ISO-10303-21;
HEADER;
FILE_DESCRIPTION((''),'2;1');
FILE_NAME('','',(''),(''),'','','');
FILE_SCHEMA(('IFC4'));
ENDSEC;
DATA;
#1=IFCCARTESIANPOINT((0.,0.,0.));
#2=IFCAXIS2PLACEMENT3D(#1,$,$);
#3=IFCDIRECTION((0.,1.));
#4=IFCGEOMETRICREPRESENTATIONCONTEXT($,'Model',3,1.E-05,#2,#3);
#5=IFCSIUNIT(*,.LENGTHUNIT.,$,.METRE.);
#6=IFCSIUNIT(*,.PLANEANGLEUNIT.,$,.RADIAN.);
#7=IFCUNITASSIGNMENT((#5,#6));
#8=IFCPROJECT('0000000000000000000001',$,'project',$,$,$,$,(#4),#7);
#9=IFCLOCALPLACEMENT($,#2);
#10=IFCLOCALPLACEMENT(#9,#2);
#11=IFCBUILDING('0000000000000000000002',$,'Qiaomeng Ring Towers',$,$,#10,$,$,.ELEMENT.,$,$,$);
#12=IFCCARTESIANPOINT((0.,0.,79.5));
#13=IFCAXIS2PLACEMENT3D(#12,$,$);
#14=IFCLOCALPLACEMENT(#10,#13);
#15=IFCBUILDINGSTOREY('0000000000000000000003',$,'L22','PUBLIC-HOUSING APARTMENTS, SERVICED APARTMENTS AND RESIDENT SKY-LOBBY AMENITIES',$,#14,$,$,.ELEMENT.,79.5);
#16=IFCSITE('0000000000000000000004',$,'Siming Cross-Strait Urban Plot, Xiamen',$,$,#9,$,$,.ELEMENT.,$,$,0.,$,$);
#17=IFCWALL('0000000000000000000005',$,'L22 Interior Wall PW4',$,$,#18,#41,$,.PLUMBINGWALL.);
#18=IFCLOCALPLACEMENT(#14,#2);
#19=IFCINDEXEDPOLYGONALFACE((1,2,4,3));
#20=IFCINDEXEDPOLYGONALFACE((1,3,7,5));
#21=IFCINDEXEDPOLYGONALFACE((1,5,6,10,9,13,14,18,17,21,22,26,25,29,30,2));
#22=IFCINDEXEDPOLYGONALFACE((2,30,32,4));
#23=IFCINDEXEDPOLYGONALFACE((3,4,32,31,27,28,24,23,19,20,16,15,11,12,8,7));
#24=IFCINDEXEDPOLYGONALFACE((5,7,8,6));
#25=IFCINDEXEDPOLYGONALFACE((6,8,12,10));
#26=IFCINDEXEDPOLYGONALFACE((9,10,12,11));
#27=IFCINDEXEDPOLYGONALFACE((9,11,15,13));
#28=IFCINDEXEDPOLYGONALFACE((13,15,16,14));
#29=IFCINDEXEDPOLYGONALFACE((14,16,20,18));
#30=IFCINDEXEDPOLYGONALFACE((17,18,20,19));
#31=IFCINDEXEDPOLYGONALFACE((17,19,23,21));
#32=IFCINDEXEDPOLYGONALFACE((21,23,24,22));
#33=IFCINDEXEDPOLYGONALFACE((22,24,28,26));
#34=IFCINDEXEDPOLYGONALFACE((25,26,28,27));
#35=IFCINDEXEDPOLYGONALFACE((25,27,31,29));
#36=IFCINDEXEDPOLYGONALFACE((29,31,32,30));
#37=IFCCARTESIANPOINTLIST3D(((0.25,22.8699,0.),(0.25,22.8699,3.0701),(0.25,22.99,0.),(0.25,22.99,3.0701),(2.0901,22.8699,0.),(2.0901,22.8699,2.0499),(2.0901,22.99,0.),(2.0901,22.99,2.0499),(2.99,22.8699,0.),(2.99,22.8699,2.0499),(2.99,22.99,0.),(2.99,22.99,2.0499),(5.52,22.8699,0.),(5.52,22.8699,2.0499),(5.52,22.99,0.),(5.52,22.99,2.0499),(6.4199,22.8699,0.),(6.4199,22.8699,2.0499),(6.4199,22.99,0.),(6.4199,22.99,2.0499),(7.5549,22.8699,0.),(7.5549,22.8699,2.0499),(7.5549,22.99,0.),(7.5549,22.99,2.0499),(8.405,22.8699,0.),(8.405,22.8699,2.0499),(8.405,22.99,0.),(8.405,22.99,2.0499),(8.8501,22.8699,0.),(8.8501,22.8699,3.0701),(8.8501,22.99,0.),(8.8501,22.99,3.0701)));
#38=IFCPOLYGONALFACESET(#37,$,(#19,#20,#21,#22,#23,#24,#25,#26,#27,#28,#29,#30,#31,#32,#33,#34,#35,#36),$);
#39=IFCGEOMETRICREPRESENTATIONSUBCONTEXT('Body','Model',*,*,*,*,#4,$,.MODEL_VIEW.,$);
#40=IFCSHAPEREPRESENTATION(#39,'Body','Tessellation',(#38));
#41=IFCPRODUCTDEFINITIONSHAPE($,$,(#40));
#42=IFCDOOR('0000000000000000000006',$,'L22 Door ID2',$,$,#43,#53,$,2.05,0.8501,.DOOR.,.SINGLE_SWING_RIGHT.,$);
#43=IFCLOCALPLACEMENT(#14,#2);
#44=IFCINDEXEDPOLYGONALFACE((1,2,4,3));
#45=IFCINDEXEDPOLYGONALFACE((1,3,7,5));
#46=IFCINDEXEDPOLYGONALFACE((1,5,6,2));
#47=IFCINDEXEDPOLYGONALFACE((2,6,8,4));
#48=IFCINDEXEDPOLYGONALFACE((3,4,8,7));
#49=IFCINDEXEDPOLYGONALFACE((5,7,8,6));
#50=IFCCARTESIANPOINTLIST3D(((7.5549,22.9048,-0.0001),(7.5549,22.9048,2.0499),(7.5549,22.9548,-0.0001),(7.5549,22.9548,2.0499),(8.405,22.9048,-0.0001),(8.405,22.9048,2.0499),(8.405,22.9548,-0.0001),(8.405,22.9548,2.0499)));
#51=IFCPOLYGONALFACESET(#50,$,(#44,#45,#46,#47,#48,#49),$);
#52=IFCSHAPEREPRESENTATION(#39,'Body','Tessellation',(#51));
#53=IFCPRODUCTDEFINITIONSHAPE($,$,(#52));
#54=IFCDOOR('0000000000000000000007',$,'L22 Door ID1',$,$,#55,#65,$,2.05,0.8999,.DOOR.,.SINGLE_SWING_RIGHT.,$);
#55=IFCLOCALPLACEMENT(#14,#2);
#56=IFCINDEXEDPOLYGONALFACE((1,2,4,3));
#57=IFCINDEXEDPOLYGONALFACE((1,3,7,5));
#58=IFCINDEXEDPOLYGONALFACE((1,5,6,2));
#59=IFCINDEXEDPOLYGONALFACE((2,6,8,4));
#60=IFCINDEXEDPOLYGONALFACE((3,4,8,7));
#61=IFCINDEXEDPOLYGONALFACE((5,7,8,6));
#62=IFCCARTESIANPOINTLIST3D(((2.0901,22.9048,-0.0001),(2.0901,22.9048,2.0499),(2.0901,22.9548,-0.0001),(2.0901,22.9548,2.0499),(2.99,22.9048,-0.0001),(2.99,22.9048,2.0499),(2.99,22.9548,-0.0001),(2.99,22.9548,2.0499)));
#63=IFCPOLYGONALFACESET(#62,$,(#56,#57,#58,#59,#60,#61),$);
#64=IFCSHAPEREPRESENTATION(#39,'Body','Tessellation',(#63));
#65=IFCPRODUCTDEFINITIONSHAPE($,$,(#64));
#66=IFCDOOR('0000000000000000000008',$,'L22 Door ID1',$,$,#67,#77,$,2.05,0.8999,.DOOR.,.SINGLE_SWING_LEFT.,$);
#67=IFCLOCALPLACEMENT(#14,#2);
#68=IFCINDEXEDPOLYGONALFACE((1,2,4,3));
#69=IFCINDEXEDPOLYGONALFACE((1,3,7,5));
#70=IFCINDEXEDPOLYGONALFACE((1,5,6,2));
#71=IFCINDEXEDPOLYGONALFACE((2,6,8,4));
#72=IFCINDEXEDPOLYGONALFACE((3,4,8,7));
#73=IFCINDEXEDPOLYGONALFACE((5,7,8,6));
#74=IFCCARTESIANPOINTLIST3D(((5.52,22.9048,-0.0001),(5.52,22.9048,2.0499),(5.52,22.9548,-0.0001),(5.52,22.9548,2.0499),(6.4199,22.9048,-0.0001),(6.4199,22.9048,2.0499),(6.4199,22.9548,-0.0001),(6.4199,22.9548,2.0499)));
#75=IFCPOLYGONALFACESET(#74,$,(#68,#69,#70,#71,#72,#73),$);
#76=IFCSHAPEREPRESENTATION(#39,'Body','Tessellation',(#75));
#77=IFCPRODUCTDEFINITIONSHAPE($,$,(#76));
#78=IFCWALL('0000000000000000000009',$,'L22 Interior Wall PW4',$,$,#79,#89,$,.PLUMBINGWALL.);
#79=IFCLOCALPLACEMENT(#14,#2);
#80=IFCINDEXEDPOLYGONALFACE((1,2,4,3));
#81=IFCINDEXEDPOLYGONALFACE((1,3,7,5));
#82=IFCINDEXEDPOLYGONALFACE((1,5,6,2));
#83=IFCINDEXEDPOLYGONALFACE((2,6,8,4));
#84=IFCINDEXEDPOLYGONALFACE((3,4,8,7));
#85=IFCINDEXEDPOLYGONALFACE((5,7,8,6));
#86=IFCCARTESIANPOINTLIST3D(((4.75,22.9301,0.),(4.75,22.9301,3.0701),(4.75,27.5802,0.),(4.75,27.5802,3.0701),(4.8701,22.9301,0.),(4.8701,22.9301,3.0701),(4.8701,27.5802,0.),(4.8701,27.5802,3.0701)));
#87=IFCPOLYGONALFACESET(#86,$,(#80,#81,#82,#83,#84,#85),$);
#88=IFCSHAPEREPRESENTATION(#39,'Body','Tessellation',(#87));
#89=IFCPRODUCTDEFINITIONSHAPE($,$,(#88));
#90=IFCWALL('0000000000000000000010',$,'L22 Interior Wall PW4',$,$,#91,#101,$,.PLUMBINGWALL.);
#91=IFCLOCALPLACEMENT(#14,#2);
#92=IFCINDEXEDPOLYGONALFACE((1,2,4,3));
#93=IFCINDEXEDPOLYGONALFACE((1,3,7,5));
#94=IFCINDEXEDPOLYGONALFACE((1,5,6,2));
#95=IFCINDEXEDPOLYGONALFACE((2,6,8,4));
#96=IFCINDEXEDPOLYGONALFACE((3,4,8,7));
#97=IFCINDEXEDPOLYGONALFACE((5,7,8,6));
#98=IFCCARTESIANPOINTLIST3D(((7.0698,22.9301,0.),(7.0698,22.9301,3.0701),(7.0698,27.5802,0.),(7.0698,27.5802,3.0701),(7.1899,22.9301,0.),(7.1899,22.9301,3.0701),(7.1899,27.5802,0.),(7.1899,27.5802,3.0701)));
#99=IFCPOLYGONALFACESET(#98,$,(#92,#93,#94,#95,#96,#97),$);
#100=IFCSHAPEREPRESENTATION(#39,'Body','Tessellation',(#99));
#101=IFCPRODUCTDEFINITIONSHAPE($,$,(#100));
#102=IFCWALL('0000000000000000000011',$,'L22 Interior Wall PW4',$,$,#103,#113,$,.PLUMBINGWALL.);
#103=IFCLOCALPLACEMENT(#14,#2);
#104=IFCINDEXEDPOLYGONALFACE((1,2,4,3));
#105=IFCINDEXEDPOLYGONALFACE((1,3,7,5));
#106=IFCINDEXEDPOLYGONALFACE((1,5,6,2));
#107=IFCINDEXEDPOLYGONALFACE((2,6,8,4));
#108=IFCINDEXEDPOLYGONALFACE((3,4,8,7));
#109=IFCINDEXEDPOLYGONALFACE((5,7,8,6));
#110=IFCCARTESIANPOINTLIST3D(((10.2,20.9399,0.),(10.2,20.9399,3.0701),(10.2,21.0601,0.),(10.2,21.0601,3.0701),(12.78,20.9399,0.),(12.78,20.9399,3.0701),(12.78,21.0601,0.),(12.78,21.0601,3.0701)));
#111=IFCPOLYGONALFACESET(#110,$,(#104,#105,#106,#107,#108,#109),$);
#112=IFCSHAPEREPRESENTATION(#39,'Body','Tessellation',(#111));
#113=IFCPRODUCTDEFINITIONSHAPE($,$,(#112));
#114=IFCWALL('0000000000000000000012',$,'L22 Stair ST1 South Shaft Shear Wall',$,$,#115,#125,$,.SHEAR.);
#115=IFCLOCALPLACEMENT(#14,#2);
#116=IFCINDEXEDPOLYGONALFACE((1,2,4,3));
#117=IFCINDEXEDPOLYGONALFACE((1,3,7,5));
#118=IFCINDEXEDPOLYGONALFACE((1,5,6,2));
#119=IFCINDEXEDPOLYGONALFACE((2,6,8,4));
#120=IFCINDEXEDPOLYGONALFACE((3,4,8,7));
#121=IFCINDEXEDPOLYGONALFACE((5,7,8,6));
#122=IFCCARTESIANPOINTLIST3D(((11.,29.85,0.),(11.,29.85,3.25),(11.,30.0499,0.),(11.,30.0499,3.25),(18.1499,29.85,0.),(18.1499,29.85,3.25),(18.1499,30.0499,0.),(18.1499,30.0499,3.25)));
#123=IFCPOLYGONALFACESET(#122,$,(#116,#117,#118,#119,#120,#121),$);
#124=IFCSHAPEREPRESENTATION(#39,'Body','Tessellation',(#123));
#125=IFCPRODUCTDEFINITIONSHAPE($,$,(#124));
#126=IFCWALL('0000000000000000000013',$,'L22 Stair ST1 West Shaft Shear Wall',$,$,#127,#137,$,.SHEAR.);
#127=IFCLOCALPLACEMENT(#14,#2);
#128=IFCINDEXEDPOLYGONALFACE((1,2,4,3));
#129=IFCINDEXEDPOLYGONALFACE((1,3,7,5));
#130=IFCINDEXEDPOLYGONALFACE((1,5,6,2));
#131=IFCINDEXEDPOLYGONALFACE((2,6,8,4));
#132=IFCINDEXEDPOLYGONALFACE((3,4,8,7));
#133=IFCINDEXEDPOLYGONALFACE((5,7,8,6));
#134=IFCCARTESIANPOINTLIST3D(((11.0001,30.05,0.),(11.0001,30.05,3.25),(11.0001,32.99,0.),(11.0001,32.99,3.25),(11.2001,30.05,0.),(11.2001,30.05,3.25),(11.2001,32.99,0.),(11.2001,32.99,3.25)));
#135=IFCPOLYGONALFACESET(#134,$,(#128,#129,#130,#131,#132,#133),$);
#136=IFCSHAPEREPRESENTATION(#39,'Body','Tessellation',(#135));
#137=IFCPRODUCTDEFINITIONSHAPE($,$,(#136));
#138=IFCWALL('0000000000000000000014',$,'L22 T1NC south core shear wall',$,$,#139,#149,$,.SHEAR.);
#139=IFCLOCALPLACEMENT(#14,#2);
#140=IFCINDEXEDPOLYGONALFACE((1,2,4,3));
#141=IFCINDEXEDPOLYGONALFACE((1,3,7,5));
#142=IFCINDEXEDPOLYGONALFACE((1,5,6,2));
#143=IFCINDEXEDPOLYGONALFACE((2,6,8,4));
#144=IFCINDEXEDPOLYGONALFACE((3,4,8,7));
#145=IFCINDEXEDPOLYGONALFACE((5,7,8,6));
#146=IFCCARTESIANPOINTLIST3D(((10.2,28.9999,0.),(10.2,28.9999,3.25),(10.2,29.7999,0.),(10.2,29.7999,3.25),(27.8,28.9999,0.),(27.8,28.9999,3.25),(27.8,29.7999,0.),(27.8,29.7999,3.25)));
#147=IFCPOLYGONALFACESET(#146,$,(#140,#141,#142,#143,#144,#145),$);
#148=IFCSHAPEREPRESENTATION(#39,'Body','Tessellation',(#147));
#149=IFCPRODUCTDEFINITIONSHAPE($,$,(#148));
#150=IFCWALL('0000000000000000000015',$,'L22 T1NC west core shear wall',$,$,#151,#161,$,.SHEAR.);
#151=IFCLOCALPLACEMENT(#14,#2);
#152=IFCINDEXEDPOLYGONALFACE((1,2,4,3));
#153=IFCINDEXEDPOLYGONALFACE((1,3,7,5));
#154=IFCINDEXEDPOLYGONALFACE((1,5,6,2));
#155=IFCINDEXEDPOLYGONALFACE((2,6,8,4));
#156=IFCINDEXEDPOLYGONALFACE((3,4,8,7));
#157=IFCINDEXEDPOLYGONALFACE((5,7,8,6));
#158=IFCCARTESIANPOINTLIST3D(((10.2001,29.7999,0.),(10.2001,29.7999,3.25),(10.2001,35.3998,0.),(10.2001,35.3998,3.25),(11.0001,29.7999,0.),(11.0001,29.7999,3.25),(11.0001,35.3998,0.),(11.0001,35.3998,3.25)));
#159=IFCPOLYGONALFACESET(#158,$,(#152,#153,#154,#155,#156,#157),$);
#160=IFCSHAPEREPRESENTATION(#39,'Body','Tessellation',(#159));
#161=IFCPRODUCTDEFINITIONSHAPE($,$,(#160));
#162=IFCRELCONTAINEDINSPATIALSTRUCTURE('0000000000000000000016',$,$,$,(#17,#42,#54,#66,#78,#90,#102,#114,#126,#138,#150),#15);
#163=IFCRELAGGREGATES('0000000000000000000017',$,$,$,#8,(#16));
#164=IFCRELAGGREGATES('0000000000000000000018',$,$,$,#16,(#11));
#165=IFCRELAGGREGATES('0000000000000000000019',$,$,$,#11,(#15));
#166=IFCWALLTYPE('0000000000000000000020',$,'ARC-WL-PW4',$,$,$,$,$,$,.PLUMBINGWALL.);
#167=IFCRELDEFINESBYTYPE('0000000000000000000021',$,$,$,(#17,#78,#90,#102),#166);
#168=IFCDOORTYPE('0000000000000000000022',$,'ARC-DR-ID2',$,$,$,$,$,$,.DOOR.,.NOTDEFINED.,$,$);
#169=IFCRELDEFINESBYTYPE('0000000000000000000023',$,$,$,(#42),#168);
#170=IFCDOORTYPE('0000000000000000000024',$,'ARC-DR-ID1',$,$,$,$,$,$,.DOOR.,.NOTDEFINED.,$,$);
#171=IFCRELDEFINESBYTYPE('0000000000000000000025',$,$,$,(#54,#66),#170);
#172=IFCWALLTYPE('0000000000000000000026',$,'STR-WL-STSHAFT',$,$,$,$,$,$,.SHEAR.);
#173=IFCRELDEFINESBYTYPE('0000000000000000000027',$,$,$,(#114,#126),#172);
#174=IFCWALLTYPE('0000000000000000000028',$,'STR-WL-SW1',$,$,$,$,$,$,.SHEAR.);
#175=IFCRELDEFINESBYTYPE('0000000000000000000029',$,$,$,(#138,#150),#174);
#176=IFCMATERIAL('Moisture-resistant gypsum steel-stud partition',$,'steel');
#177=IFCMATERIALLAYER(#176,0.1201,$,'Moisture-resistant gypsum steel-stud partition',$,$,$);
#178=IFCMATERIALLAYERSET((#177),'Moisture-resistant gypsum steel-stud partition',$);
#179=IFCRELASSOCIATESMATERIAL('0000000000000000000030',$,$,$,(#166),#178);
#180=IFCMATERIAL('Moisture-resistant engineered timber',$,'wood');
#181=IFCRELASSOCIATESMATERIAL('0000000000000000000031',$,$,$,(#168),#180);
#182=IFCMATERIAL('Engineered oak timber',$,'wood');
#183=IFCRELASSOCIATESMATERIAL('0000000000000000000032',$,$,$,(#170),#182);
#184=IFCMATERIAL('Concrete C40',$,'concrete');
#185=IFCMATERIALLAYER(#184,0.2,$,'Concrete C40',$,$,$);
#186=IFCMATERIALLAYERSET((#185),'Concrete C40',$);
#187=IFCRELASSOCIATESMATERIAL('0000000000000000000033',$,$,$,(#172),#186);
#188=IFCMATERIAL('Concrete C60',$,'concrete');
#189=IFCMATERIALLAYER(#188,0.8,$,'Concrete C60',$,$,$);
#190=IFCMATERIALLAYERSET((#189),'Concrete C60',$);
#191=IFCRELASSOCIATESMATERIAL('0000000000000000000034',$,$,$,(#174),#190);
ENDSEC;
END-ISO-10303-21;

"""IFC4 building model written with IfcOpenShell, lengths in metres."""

from ifc_helpers import new_model, si_unit, direction, frame, frame_2d, origin, place, context, subcontext, project, spatial, rectangle, extrude, source, transform, mapped, material, layer, layer_set, type_object, element, fill, save


model = new_model("IFC4")

# Units and contexts
model_context = context("Model", 3, precision=1e-05, world=origin(), true_north=direction((0.0, 1.0)))
body_context = subcontext(model_context, "Body", "Model", "MODEL_VIEW")
ifc_project = project(units=[si_unit("LENGTHUNIT", "METRE"), si_unit("PLANEANGLEUNIT", "RADIAN")], contexts=[model_context])

# Site, building, storey
site_placement = place(None, origin())
site = spatial("IfcSite", under=ifc_project, at=site_placement, Name="Siming Cross-Strait Urban Plot, Xiamen", CompositionType="ELEMENT", RefElevation=0.0)
building_placement = place(site_placement, origin())
building = spatial("IfcBuilding", under=site, at=building_placement, Name="Qiaomeng Ring Towers", CompositionType="ELEMENT")
storey_placement = place(building_placement, frame((0.0, 0.0, 79.5)))
storey = spatial("IfcBuildingStorey", under=building, at=storey_placement, Name="L22", Description="PUBLIC-HOUSING APARTMENTS, SERVICED APARTMENTS AND RESIDENT SKY-LOBBY AMENITIES", CompositionType="ELEMENT", Elevation=79.5)

# Shared definitions
ifc_material_1 = material(Name="Concrete C60", Category="concrete")

# Wall, openings, doors
ifc_material_2 = material(Name="Moisture-resistant gypsum steel-stud partition", Category="steel")
ifc_layer_1 = layer(ifc_material_2, 0.1201, Name="Moisture-resistant gypsum steel-stud partition")
ifc_layer_set_1 = layer_set([ifc_layer_1], Name="Moisture-resistant gypsum steel-stud partition")
wall_type_1 = type_object("IfcWallType", Name="ARC-WL-PW4", PredefinedType="PLUMBINGWALL", material=ifc_layer_set_1)
wall_1_placement = place(storey_placement, frame((0.25, 22.9299, 0.0), z_axis=(0.0, 0.0, 1.0), x_axis=(1.0, 0.0, 0.0)))
wall_1 = element("IfcWall", 1, at=wall_1_placement, inside=storey, type_object=wall_type_1, Name="L22 Interior Wall PW4", PredefinedType="PLUMBINGWALL", context=body_context, shape_type="SweptSolid", body=[
    extrude(rectangle(XDim=8.6001, YDim=0.1201, at=frame_2d((4.3, 0.0))), origin(), (0.0, 0.0, 1.0), 3.0701),
])
opening_1_placement = place(wall_1_placement, frame((1.8401, 0.0, 0.0)))
opening_1 = element("IfcOpeningElement", 2, at=opening_1_placement, cuts=wall_1, PredefinedType="OPENING", context=body_context, shape_type="SweptSolid", body=[
    extrude(rectangle(XDim=0.8999, YDim=2.05, at=frame_2d((0.45, 1.0249))), frame((0.0, 0.0701, 0.0), z_axis=(0.0, -1.0, 0.0), x_axis=(1.0, 0.0, 0.0)), (0.0, 0.0, 1.0), 0.1401),
])
opening_2_placement = place(wall_1_placement, frame((5.27, 0.0, 0.0)))
opening_2 = element("IfcOpeningElement", 3, at=opening_2_placement, cuts=wall_1, PredefinedType="OPENING", context=body_context, shape_type="SweptSolid", body=[
    extrude(rectangle(XDim=0.8999, YDim=2.05, at=frame_2d((0.45, 1.0249))), frame((0.0, 0.0701, 0.0), z_axis=(0.0, -1.0, 0.0), x_axis=(1.0, 0.0, 0.0)), (0.0, 0.0, 1.0), 0.1401),
])
opening_3_placement = place(wall_1_placement, frame((7.3049, 0.0, 0.0)))
opening_3 = element("IfcOpeningElement", 4, at=opening_3_placement, cuts=wall_1, PredefinedType="OPENING", context=body_context, shape_type="SweptSolid", body=[
    extrude(rectangle(XDim=0.8501, YDim=2.05, at=frame_2d((0.425, 1.0249))), frame((0.0, 0.0701, 0.0), z_axis=(0.0, -1.0, 0.0), x_axis=(1.0, 0.0, 0.0)), (0.0, 0.0, 1.0), 0.1401),
])
ifc_material_3 = material(Name="Moisture-resistant engineered timber", Category="wood")
door_type_1 = type_object("IfcDoorType", Name="ARC-DR-ID2", OperationType="NOTDEFINED", PredefinedType="DOOR", material=ifc_material_3)
shared_shape_1 = source(origin(), body_context, "Body", "SweptSolid", [
    extrude(rectangle(XDim=0.8501, YDim=2.05, at=frame_2d((0.425, 1.0249))), frame((0.0, 0.0249, 0.0), z_axis=(0.0, -1.0, 0.0), x_axis=(1.0, 0.0, 0.0)), (0.0, 0.0, 1.0), 0.05),
])
door_1_placement = place(opening_3_placement, origin())
door_1 = element("IfcDoor", 5, at=door_1_placement, inside=storey, type_object=door_type_1, Name="L22 Door ID2", OperationType="SINGLE_SWING_RIGHT", OverallHeight=2.05, OverallWidth=0.8501, PredefinedType="DOOR", context=body_context, shape_type="MappedRepresentation", body=[
    mapped(shared_shape_1, transform((0.0, 0.0, 0.0), x_axis=(1.0, 0.0, 0.0), y_axis=(0.0, 1.0, 0.0), z_axis=(0.0, 0.0, 1.0), scale=1.0)),
])
fill(opening_3, door_1)
ifc_material_4 = material(Name="Engineered oak timber", Category="wood")
door_type_2 = type_object("IfcDoorType", Name="ARC-DR-ID1", OperationType="NOTDEFINED", PredefinedType="DOOR", material=ifc_material_4)
shared_shape_2 = source(origin(), body_context, "Body", "SweptSolid", [
    extrude(rectangle(XDim=0.8999, YDim=2.05, at=frame_2d((0.45, 1.0249))), frame((0.0, 0.0249, 0.0), z_axis=(0.0, -1.0, 0.0), x_axis=(1.0, 0.0, 0.0)), (0.0, 0.0, 1.0), 0.05),
])
door_2_placement = place(opening_1_placement, origin())
door_2 = element("IfcDoor", 6, at=door_2_placement, inside=storey, type_object=door_type_2, Name="L22 Door ID1", OperationType="SINGLE_SWING_RIGHT", OverallHeight=2.05, OverallWidth=0.8999, PredefinedType="DOOR", context=body_context, shape_type="MappedRepresentation", body=[
    mapped(shared_shape_2, transform((0.0, 0.0, 0.0), x_axis=(1.0, 0.0, 0.0), y_axis=(0.0, 1.0, 0.0), z_axis=(0.0, 0.0, 1.0), scale=1.0)),
])
fill(opening_1, door_2)
door_3_placement = place(opening_2_placement, origin())
door_3 = element("IfcDoor", 7, at=door_3_placement, inside=storey, type_object=door_type_2, Name="L22 Door ID1", OperationType="SINGLE_SWING_LEFT", OverallHeight=2.05, OverallWidth=0.8999, PredefinedType="DOOR", context=body_context, shape_type="MappedRepresentation", body=[
    mapped(shared_shape_2, transform((0.0, 0.0, 0.0), x_axis=(1.0, 0.0, 0.0), y_axis=(0.0, 1.0, 0.0), z_axis=(0.0, 0.0, 1.0), scale=1.0)),
])
fill(opening_2, door_3)

# Walls
for number, where, z_axis, x_axis, name in (
    (8, (4.8101, 22.9299, 0.0), (0.0, 0.0, 1.0), (0.0, 1.0, 0.0), "L22 Interior Wall PW4"),
    (9, (7.1299, 22.9299, 0.0), (0.0, 0.0, 1.0), (0.0, 1.0, 0.0), "L22 Interior Wall PW4"),
):
    element("IfcWall", number, at=place(storey_placement, frame(where, z_axis=z_axis, x_axis=x_axis)), inside=storey, type_object=wall_type_1, Name=name, PredefinedType="PLUMBINGWALL", context=body_context, shape_type="SweptSolid", body=[
        extrude(rectangle(XDim=4.6501, YDim=0.1201, at=frame_2d((2.3252, 0.0))), origin(), (0.0, 0.0, 1.0), 3.0701),
    ])
wall_2_placement = place(storey_placement, frame((10.2, 21.0, 0.0), z_axis=(0.0, 0.0, 1.0), x_axis=(1.0, 0.0, 0.0)))
element("IfcWall", 10, at=wall_2_placement, inside=storey, type_object=wall_type_1, Name="L22 Interior Wall PW4", PredefinedType="PLUMBINGWALL", context=body_context, shape_type="SweptSolid", body=[
    extrude(rectangle(XDim=2.5801, YDim=0.1201, at=frame_2d((1.29, 0.0))), origin(), (0.0, 0.0, 1.0), 3.0701),
])
ifc_material_5 = material(Name="Concrete C40", Category="concrete")
ifc_layer_2 = layer(ifc_material_5, 0.2, Name="Concrete C40")
ifc_layer_set_2 = layer_set([ifc_layer_2], Name="Concrete C40")
wall_type_2 = type_object("IfcWallType", Name="STR-WL-STSHAFT", PredefinedType="SHEAR", material=ifc_layer_set_2)
wall_3_placement = place(storey_placement, frame((11.0, 29.95, 0.0), z_axis=(0.0, 0.0, 1.0), x_axis=(1.0, 0.0, 0.0)))
element("IfcWall", 11, at=wall_3_placement, inside=storey, type_object=wall_type_2, Name="L22 Stair ST1 South Shaft Shear Wall", PredefinedType="SHEAR", context=body_context, shape_type="SweptSolid", body=[
    extrude(rectangle(XDim=7.1499, YDim=0.2, at=frame_2d((3.575, 0.0))), origin(), (0.0, 0.0, 1.0), 3.25),
])
wall_4_placement = place(storey_placement, frame((11.1001, 30.05, 0.0), z_axis=(0.0, 0.0, 1.0), x_axis=(0.0, 1.0, 0.0)))
element("IfcWall", 12, at=wall_4_placement, inside=storey, type_object=wall_type_2, Name="L22 Stair ST1 West Shaft Shear Wall", PredefinedType="SHEAR", context=body_context, shape_type="SweptSolid", body=[
    extrude(rectangle(XDim=2.9399, YDim=0.2, at=frame_2d((1.47, 0.0))), origin(), (0.0, 0.0, 1.0), 3.25),
])
ifc_layer_3 = layer(ifc_material_1, 0.8, Name="Concrete C60")
ifc_layer_set_3 = layer_set([ifc_layer_3], Name="Concrete C60")
wall_type_3 = type_object("IfcWallType", Name="STR-WL-SW1", PredefinedType="SHEAR", material=ifc_layer_set_3)
wall_5_placement = place(storey_placement, frame((10.2, 29.3999, 0.0), z_axis=(0.0, 0.0, 1.0), x_axis=(1.0, 0.0, 0.0)))
element("IfcWall", 13, at=wall_5_placement, inside=storey, type_object=wall_type_3, Name="L22 T1NC south core shear wall", PredefinedType="SHEAR", context=body_context, shape_type="SweptSolid", body=[
    extrude(rectangle(XDim=17.6001, YDim=0.8, at=frame_2d((8.8, 0.0))), origin(), (0.0, 0.0, 1.0), 3.25),
])
wall_6_placement = place(storey_placement, frame((10.6001, 29.8, 0.0), z_axis=(0.0, 0.0, 1.0), x_axis=(0.0, 1.0, 0.0)))
element("IfcWall", 14, at=wall_6_placement, inside=storey, type_object=wall_type_3, Name="L22 T1NC west core shear wall", PredefinedType="SHEAR", context=body_context, shape_type="SweptSolid", body=[
    extrude(rectangle(XDim=5.5999, YDim=0.8, at=frame_2d((2.7998, 0.0))), origin(), (0.0, 0.0, 1.0), 3.25),
])

save(model, "model.ifc")
